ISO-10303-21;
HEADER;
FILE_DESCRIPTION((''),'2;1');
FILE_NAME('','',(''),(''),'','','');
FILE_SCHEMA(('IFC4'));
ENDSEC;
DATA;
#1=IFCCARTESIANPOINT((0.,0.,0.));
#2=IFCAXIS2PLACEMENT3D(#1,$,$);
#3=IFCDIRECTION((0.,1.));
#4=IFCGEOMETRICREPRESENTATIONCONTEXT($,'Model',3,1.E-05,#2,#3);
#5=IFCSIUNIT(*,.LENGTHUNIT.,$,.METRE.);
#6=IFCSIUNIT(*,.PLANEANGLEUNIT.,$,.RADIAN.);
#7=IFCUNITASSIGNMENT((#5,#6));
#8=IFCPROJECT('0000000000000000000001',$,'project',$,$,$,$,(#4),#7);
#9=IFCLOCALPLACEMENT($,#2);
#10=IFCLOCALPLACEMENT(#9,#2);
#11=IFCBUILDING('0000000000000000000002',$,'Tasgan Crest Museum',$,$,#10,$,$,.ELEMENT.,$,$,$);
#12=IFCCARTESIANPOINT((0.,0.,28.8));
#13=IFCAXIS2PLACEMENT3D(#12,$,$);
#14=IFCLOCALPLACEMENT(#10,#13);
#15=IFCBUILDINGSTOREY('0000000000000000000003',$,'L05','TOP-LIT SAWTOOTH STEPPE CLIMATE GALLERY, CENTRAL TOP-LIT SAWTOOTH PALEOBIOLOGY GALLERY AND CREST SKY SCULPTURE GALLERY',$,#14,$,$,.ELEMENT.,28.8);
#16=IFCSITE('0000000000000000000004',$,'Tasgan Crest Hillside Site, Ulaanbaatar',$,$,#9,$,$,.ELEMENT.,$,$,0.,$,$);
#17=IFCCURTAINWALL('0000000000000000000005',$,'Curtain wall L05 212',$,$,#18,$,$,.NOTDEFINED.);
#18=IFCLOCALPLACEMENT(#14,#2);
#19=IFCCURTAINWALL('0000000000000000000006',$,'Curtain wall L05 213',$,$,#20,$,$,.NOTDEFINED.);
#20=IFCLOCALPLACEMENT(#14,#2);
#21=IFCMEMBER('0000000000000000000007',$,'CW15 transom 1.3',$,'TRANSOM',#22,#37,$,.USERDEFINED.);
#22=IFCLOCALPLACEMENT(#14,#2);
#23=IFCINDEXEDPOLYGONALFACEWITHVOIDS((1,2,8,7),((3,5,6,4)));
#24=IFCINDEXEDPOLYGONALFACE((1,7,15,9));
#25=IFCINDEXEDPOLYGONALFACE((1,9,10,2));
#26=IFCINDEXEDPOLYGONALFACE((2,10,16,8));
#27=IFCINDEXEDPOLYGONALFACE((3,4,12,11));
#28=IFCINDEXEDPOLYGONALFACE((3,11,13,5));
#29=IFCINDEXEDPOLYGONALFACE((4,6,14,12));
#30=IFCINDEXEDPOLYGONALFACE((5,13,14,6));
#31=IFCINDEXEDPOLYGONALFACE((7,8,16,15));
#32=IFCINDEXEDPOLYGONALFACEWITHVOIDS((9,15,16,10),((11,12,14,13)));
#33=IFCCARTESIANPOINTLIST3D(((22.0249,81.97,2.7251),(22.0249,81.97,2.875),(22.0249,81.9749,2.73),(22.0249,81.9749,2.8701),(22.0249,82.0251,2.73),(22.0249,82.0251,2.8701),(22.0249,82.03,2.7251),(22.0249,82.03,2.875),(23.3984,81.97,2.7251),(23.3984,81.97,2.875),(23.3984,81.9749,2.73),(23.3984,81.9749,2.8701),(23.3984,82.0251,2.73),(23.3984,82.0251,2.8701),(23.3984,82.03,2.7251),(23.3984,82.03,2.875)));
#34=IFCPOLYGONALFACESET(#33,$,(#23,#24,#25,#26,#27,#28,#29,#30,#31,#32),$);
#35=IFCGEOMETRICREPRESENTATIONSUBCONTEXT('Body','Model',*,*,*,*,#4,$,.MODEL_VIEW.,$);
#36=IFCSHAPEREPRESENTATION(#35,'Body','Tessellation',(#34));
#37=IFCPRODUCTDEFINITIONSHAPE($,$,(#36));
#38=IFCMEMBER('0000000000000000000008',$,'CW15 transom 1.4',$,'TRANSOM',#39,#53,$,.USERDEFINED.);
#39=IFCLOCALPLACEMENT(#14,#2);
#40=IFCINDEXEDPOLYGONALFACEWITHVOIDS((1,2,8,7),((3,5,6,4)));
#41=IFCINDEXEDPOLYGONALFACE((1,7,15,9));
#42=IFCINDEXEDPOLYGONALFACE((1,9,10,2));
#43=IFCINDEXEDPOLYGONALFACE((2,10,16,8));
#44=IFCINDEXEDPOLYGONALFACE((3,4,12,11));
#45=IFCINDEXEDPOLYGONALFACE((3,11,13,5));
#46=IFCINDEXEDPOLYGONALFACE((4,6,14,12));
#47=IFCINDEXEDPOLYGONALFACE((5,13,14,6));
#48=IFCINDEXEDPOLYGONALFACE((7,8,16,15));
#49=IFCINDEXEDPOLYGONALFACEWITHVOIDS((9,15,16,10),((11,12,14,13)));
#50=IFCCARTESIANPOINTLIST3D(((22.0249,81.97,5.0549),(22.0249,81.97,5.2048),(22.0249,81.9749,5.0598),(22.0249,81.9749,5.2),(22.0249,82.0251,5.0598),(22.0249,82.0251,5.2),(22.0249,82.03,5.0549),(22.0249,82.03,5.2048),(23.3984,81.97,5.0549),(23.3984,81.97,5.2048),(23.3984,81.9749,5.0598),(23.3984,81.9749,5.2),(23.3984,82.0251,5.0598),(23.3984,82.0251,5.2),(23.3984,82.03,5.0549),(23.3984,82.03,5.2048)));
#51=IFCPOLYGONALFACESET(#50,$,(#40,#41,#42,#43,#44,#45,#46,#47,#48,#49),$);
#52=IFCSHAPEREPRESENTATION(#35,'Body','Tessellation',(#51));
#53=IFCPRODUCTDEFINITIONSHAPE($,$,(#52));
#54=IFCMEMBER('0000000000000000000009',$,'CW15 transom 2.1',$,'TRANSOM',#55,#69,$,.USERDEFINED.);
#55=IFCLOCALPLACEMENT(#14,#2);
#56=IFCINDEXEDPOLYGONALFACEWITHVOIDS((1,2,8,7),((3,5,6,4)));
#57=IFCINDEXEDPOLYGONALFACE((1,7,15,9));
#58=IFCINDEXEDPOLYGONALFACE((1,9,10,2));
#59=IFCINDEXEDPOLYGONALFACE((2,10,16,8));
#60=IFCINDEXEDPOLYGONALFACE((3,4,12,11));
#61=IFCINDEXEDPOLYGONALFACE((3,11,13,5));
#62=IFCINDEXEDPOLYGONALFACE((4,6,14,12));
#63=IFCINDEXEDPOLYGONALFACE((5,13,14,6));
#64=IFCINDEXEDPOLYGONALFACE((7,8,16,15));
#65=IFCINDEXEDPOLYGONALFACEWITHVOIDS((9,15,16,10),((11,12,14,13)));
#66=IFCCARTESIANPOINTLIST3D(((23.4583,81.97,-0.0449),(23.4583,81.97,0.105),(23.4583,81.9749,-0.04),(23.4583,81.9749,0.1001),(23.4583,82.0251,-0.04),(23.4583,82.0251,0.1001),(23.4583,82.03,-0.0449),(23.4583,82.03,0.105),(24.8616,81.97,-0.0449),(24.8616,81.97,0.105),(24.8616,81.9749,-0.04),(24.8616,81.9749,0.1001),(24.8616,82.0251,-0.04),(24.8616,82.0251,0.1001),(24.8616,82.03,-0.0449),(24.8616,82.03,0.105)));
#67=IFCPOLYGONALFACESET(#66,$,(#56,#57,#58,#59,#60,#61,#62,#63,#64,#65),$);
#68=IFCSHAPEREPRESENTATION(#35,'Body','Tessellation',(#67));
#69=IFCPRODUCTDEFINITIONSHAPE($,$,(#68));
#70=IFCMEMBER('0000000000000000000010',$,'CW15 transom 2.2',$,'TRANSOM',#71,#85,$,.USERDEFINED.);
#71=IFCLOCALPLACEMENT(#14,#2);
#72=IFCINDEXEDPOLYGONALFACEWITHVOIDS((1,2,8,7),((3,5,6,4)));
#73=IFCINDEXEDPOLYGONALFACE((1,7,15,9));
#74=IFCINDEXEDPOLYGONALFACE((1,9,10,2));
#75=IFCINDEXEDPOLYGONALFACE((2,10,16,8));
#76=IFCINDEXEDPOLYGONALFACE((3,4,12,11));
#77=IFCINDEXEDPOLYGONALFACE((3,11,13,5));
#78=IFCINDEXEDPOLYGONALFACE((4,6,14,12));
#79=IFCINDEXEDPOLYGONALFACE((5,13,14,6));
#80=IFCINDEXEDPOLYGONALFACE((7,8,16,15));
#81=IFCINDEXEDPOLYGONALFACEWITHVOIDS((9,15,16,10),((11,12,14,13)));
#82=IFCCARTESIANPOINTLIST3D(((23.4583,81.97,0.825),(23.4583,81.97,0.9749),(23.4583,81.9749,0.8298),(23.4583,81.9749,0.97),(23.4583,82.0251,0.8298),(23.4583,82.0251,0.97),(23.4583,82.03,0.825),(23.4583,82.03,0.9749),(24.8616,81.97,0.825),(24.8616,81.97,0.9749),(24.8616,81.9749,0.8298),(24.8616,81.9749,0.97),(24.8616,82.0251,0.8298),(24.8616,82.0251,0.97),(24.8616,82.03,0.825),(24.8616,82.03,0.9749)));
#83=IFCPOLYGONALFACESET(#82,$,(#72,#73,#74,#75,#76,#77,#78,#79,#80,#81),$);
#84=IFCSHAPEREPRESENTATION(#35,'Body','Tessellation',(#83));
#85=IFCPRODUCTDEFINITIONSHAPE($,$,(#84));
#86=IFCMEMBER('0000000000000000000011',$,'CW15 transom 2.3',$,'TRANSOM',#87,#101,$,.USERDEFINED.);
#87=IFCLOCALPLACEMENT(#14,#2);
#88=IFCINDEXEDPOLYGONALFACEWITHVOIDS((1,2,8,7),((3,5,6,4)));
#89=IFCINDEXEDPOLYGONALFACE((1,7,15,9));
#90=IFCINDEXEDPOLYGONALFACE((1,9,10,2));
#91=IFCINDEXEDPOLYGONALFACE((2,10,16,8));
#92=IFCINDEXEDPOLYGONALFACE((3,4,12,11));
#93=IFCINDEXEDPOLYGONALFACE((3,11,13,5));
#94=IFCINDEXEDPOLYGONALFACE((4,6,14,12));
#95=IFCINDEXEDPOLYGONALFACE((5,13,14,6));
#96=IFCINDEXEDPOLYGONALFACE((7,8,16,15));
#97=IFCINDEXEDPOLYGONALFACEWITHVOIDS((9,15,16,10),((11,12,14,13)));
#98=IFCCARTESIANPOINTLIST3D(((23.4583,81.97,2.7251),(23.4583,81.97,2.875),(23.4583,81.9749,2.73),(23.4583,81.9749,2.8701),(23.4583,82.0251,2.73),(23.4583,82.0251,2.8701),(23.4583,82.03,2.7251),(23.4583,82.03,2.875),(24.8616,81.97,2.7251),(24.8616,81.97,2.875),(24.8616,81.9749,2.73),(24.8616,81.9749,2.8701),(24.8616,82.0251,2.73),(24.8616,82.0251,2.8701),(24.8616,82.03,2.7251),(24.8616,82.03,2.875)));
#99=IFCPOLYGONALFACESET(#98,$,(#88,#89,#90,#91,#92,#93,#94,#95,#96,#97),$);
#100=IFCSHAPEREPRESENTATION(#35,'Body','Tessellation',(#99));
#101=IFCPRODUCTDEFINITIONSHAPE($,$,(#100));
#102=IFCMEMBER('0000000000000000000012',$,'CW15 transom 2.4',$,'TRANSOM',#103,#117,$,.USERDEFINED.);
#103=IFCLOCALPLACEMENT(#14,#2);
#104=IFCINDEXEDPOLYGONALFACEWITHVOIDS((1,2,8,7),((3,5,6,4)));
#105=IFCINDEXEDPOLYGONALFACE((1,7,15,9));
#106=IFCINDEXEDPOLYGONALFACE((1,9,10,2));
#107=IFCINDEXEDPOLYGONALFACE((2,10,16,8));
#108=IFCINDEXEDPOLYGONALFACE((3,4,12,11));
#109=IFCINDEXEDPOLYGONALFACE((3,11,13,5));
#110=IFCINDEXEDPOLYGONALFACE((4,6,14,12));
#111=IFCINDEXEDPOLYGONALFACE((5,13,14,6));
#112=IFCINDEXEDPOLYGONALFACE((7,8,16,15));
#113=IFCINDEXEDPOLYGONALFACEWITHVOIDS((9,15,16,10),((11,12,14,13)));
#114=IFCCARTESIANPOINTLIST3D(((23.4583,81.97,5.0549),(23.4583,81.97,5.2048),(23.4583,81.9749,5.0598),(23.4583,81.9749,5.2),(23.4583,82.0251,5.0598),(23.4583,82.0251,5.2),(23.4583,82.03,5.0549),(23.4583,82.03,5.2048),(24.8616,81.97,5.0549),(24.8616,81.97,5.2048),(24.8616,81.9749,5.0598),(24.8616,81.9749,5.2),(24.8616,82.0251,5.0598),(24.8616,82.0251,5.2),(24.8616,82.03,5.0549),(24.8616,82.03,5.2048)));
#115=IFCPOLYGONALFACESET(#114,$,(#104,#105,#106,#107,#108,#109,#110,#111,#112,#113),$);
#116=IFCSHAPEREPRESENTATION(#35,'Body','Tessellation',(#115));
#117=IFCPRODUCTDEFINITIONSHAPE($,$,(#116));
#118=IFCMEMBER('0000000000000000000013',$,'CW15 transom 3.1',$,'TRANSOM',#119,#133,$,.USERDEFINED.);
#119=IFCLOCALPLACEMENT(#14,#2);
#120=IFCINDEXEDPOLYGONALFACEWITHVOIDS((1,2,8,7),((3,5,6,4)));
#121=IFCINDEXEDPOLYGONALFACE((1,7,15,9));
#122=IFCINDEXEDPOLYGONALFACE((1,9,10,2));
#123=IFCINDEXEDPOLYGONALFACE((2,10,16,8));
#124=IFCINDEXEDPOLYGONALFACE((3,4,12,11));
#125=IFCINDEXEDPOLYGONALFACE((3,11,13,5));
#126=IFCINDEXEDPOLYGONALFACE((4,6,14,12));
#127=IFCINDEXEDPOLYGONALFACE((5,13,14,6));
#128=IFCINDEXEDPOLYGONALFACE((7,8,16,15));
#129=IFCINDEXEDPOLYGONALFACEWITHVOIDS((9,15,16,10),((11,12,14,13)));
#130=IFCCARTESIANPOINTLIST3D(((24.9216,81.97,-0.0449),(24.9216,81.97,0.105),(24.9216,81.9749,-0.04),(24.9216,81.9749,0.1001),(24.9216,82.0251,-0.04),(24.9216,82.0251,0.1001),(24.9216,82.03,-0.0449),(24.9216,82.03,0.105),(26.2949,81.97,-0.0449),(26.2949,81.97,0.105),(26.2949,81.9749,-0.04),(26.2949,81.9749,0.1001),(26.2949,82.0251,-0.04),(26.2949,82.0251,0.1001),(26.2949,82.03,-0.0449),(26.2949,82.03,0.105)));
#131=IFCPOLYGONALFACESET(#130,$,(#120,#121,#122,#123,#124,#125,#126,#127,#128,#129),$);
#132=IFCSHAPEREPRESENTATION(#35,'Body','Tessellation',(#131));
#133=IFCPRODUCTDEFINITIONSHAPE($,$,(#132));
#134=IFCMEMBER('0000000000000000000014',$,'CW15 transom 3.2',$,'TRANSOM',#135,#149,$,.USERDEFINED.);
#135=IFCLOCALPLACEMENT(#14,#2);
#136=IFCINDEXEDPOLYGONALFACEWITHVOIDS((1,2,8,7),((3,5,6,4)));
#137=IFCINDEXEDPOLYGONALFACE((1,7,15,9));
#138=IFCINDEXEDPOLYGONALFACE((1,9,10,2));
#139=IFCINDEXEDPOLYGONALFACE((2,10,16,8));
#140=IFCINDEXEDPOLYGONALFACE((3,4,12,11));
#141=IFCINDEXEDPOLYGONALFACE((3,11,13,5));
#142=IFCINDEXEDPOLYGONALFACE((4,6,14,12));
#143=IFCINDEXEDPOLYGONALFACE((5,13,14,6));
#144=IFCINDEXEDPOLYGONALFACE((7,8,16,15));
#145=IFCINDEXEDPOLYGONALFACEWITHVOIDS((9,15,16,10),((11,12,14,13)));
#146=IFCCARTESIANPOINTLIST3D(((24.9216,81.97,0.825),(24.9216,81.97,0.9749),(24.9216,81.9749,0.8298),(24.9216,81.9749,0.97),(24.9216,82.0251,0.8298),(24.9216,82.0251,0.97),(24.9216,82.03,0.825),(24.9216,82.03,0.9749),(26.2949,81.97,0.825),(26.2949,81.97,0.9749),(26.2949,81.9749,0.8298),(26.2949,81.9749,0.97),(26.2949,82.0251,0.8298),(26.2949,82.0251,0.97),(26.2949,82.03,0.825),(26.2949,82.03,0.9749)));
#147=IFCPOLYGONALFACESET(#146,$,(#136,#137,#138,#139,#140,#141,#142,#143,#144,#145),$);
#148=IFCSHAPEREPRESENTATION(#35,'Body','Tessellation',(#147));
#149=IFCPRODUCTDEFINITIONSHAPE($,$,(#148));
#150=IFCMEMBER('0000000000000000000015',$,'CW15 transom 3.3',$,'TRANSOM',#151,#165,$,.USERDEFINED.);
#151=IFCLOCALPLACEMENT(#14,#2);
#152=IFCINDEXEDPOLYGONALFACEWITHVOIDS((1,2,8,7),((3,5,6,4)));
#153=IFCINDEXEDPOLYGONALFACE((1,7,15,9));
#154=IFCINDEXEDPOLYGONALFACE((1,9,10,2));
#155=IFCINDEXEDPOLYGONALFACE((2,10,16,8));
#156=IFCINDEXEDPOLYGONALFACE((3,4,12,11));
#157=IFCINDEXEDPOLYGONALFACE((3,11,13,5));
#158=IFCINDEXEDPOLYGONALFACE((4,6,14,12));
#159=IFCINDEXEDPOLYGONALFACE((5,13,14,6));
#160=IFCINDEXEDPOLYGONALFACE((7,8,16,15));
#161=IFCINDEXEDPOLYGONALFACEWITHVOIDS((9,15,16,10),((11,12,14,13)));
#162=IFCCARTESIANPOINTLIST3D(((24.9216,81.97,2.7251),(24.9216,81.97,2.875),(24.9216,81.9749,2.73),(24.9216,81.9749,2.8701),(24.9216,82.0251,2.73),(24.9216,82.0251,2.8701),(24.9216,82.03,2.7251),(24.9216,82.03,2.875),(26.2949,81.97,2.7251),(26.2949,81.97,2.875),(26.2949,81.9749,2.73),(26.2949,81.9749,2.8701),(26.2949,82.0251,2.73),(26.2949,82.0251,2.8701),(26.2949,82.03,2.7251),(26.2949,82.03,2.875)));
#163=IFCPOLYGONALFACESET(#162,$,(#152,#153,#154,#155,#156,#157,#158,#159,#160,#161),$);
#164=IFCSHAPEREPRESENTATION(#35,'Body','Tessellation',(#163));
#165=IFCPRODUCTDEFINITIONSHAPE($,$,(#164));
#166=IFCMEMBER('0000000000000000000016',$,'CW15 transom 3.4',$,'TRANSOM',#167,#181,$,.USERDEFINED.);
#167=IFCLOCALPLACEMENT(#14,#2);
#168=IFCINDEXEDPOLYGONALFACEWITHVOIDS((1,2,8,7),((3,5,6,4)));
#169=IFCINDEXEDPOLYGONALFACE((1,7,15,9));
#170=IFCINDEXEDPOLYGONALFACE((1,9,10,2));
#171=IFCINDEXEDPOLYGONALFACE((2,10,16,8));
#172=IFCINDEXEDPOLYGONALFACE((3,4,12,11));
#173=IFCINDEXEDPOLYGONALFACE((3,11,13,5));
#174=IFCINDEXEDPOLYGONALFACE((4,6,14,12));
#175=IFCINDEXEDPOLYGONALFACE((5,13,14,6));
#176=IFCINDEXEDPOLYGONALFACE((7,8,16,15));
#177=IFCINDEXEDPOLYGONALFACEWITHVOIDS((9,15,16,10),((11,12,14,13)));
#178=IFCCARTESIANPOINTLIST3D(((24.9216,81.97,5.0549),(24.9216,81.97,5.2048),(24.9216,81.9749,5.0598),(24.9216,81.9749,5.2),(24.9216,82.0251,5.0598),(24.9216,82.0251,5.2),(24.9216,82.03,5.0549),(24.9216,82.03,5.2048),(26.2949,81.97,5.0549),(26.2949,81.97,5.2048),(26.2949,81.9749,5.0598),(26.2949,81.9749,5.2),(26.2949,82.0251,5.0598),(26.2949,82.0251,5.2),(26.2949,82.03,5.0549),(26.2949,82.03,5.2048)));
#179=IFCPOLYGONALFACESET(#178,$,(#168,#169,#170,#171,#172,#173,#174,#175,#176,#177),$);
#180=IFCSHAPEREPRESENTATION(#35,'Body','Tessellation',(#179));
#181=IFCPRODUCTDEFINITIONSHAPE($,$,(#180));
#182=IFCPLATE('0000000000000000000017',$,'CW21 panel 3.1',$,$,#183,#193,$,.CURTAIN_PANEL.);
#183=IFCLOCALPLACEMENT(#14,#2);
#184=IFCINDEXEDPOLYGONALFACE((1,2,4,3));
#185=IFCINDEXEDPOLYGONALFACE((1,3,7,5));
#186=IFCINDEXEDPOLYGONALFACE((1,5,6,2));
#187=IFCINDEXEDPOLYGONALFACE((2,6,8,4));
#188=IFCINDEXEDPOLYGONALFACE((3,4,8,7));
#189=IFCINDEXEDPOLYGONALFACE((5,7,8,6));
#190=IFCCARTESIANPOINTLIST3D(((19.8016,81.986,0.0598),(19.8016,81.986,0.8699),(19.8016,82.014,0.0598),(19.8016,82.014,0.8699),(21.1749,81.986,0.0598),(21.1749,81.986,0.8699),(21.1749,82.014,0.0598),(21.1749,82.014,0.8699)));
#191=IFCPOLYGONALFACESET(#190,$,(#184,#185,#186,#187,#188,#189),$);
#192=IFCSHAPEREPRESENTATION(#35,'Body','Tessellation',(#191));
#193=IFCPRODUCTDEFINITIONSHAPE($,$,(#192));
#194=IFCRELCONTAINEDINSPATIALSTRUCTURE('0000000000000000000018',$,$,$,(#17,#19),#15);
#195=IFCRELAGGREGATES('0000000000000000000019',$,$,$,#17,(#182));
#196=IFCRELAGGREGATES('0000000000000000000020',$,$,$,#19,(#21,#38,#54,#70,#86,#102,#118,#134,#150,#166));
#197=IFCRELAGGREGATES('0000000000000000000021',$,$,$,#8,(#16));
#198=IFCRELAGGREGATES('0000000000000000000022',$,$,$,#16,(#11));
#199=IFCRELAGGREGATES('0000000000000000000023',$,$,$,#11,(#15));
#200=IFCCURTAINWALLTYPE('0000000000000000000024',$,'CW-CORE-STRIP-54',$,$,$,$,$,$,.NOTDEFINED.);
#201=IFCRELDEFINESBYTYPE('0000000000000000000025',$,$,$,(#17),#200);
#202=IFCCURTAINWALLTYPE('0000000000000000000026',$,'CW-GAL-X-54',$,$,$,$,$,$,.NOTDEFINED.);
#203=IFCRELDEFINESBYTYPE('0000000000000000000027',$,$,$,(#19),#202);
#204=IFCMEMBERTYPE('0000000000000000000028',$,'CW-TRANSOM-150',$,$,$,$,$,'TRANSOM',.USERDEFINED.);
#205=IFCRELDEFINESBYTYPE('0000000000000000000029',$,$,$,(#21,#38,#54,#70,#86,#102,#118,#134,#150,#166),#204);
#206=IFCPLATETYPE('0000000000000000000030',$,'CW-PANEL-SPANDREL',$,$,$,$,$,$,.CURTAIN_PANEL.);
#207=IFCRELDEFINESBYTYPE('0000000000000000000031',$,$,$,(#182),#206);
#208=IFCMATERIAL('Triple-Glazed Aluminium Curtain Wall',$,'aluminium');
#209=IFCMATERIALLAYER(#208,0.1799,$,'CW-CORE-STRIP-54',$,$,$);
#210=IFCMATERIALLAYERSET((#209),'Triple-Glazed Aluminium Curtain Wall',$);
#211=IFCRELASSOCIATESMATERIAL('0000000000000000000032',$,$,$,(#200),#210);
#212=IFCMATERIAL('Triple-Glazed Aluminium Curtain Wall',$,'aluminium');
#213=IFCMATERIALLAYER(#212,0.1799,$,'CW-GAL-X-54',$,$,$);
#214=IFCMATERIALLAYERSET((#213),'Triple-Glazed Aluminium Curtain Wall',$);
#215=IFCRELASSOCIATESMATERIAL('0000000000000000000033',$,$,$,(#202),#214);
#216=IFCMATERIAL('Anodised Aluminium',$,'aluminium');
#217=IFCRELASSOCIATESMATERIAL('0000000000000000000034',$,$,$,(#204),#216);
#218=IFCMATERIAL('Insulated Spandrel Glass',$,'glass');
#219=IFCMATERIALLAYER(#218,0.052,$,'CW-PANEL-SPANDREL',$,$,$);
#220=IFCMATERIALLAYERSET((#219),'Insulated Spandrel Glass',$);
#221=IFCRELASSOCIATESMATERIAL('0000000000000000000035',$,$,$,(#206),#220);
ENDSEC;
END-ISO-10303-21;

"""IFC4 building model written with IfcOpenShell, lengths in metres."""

from ifc_helpers import new_model, si_unit, direction, frame, origin, origin_2d, place, context, subcontext, project, spatial, rectangle, hollow_rectangle, extrude, material, layer, layer_set, material_profile, profile_set, type_object, element, aggregate, save


model = new_model("IFC4")

# Units and contexts
model_context = context("Model", 3, precision=1e-05, world=origin(), true_north=direction((0.0, 1.0)))
body_context = subcontext(model_context, "Body", "Model", "MODEL_VIEW")
ifc_project = project(units=[si_unit("LENGTHUNIT", "METRE"), si_unit("PLANEANGLEUNIT", "RADIAN")], contexts=[model_context])

# Site, building, storey
site_placement = place(None, origin())
site = spatial("IfcSite", under=ifc_project, at=site_placement, Name="Tasgan Crest Hillside Site, Ulaanbaatar", CompositionType="ELEMENT", RefElevation=0.0)
building_placement = place(site_placement, origin())
building = spatial("IfcBuilding", under=site, at=building_placement, Name="Tasgan Crest Museum", CompositionType="ELEMENT")
storey_placement = place(building_placement, frame((0.0, 0.0, 28.8)))
storey = spatial("IfcBuildingStorey", under=building, at=storey_placement, Name="L05", Description="TOP-LIT SAWTOOTH STEPPE CLIMATE GALLERY, CENTRAL TOP-LIT SAWTOOTH PALEOBIOLOGY GALLERY AND CREST SKY SCULPTURE GALLERY", CompositionType="ELEMENT", Elevation=28.8)

# Curtain wall
ifc_material_1 = material(Name="Triple-Glazed Aluminium Curtain Wall", Category="aluminium")
ifc_layer_1 = layer(ifc_material_1, 0.1799, Name="CW-CORE-STRIP-54")
ifc_layer_set_1 = layer_set([ifc_layer_1], Name="Triple-Glazed Aluminium Curtain Wall")
curtain_wall_type_1 = type_object("IfcCurtainWallType", Name="CW-CORE-STRIP-54", PredefinedType="NOTDEFINED", material=ifc_layer_set_1)
curtain_wall_1_placement = place(storey_placement, origin())
curtain_wall_1 = element("IfcCurtainWall", 1, at=curtain_wall_1_placement, inside=storey, type_object=curtain_wall_type_1, Name="Curtain wall L05 212", PredefinedType="NOTDEFINED")

# Curtain wall
ifc_material_2 = material(Name="Triple-Glazed Aluminium Curtain Wall", Category="aluminium")
ifc_layer_2 = layer(ifc_material_2, 0.1799, Name="CW-GAL-X-54")
ifc_layer_set_2 = layer_set([ifc_layer_2], Name="Triple-Glazed Aluminium Curtain Wall")
curtain_wall_type_2 = type_object("IfcCurtainWallType", Name="CW-GAL-X-54", PredefinedType="NOTDEFINED", material=ifc_layer_set_2)
curtain_wall_2_placement = place(storey_placement, origin())
curtain_wall_2 = element("IfcCurtainWall", 2, at=curtain_wall_2_placement, inside=storey, type_object=curtain_wall_type_2, Name="Curtain wall L05 213", PredefinedType="NOTDEFINED")

# Members
ifc_material_3 = material(Name="Anodised Aluminium", Category="aluminium")
ifc_material_profile_1 = material_profile(ifc_material_3, hollow_rectangle(XDim=0.0601, YDim=0.1499, WallThickness=0.0049, at=origin_2d()), Name="ALU TRANSOM 150x60x5")
ifc_profile_set_1 = profile_set([ifc_material_profile_1], Name="Anodised Aluminium")
member_type_1 = type_object("IfcMemberType", Name="CW-TRANSOM-150", ElementType="TRANSOM", PredefinedType="USERDEFINED", material=ifc_profile_set_1)
member_1_placement = place(storey_placement, frame((22.0249, 82.0, 2.8), z_axis=(1.0, 0.0, 0.0), x_axis=(0.0, 1.0, 0.0)))
member_1 = element("IfcMember", 3, at=member_1_placement, type_object=member_type_1, Name="CW15 transom 1.3", ObjectType="TRANSOM", PredefinedType="USERDEFINED", context=body_context, shape_type="SweptSolid", body=[
    extrude(hollow_rectangle(XDim=0.0601, YDim=0.1499, WallThickness=0.0049, at=origin_2d()), origin(), (0.0, 0.0, 1.0), 1.3735),
])
member_2_placement = place(storey_placement, frame((22.0249, 82.0, 5.1299), z_axis=(1.0, 0.0, 0.0), x_axis=(0.0, 1.0, 0.0)))
member_2 = element("IfcMember", 4, at=member_2_placement, type_object=member_type_1, Name="CW15 transom 1.4", ObjectType="TRANSOM", PredefinedType="USERDEFINED", context=body_context, shape_type="SweptSolid", body=[
    extrude(hollow_rectangle(XDim=0.0601, YDim=0.1499, WallThickness=0.0049, at=origin_2d()), origin(), (0.0, 0.0, 1.0), 1.3735),
])
member_3_placement = place(storey_placement, frame((23.4583, 82.0, 0.03), z_axis=(1.0, 0.0, 0.0), x_axis=(0.0, 1.0, 0.0)))
member_3 = element("IfcMember", 5, at=member_3_placement, type_object=member_type_1, Name="CW15 transom 2.1", ObjectType="TRANSOM", PredefinedType="USERDEFINED", context=body_context, shape_type="SweptSolid", body=[
    extrude(hollow_rectangle(XDim=0.0601, YDim=0.1499, WallThickness=0.0049, at=origin_2d()), origin(), (0.0, 0.0, 1.0), 1.4033),
])
member_4_placement = place(storey_placement, frame((23.4583, 82.0, 0.8999), z_axis=(1.0, 0.0, 0.0), x_axis=(0.0, 1.0, 0.0)))
member_4 = element("IfcMember", 6, at=member_4_placement, type_object=member_type_1, Name="CW15 transom 2.2", ObjectType="TRANSOM", PredefinedType="USERDEFINED", context=body_context, shape_type="SweptSolid", body=[
    extrude(hollow_rectangle(XDim=0.0601, YDim=0.1499, WallThickness=0.0049, at=origin_2d()), origin(), (0.0, 0.0, 1.0), 1.4033),
])
member_5_placement = place(storey_placement, frame((23.4583, 82.0, 2.8), z_axis=(1.0, 0.0, 0.0), x_axis=(0.0, 1.0, 0.0)))
member_5 = element("IfcMember", 7, at=member_5_placement, type_object=member_type_1, Name="CW15 transom 2.3", ObjectType="TRANSOM", PredefinedType="USERDEFINED", context=body_context, shape_type="SweptSolid", body=[
    extrude(hollow_rectangle(XDim=0.0601, YDim=0.1499, WallThickness=0.0049, at=origin_2d()), origin(), (0.0, 0.0, 1.0), 1.4033),
])
member_6_placement = place(storey_placement, frame((23.4583, 82.0, 5.1299), z_axis=(1.0, 0.0, 0.0), x_axis=(0.0, 1.0, 0.0)))
member_6 = element("IfcMember", 8, at=member_6_placement, type_object=member_type_1, Name="CW15 transom 2.4", ObjectType="TRANSOM", PredefinedType="USERDEFINED", context=body_context, shape_type="SweptSolid", body=[
    extrude(hollow_rectangle(XDim=0.0601, YDim=0.1499, WallThickness=0.0049, at=origin_2d()), origin(), (0.0, 0.0, 1.0), 1.4033),
])
member_7_placement = place(storey_placement, frame((24.9216, 82.0, 0.03), z_axis=(1.0, 0.0, 0.0), x_axis=(0.0, 1.0, 0.0)))
member_7 = element("IfcMember", 9, at=member_7_placement, type_object=member_type_1, Name="CW15 transom 3.1", ObjectType="TRANSOM", PredefinedType="USERDEFINED", context=body_context, shape_type="SweptSolid", body=[
    extrude(hollow_rectangle(XDim=0.0601, YDim=0.1499, WallThickness=0.0049, at=origin_2d()), origin(), (0.0, 0.0, 1.0), 1.3733),
])
member_8_placement = place(storey_placement, frame((24.9216, 82.0, 0.8999), z_axis=(1.0, 0.0, 0.0), x_axis=(0.0, 1.0, 0.0)))
member_8 = element("IfcMember", 10, at=member_8_placement, type_object=member_type_1, Name="CW15 transom 3.2", ObjectType="TRANSOM", PredefinedType="USERDEFINED", context=body_context, shape_type="SweptSolid", body=[
    extrude(hollow_rectangle(XDim=0.0601, YDim=0.1499, WallThickness=0.0049, at=origin_2d()), origin(), (0.0, 0.0, 1.0), 1.3733),
])
member_9_placement = place(storey_placement, frame((24.9216, 82.0, 2.8), z_axis=(1.0, 0.0, 0.0), x_axis=(0.0, 1.0, 0.0)))
member_9 = element("IfcMember", 11, at=member_9_placement, type_object=member_type_1, Name="CW15 transom 3.3", ObjectType="TRANSOM", PredefinedType="USERDEFINED", context=body_context, shape_type="SweptSolid", body=[
    extrude(hollow_rectangle(XDim=0.0601, YDim=0.1499, WallThickness=0.0049, at=origin_2d()), origin(), (0.0, 0.0, 1.0), 1.3733),
])
member_10_placement = place(storey_placement, frame((24.9216, 82.0, 5.1299), z_axis=(1.0, 0.0, 0.0), x_axis=(0.0, 1.0, 0.0)))
member_10 = element("IfcMember", 12, at=member_10_placement, type_object=member_type_1, Name="CW15 transom 3.4", ObjectType="TRANSOM", PredefinedType="USERDEFINED", context=body_context, shape_type="SweptSolid", body=[
    extrude(hollow_rectangle(XDim=0.0601, YDim=0.1499, WallThickness=0.0049, at=origin_2d()), origin(), (0.0, 0.0, 1.0), 1.3733),
])

# Plate
ifc_material_4 = material(Name="Insulated Spandrel Glass", Category="glass")
ifc_layer_3 = layer(ifc_material_4, 0.052, Name="CW-PANEL-SPANDREL")
ifc_layer_set_3 = layer_set([ifc_layer_3], Name="Insulated Spandrel Glass")
plate_type_1 = type_object("IfcPlateType", Name="CW-PANEL-SPANDREL", PredefinedType="CURTAIN_PANEL", material=ifc_layer_set_3)
plate_1_placement = place(storey_placement, frame((20.4883, 82.0, 0.0598), z_axis=(0.0, 0.0, 1.0), x_axis=(1.0, 0.0, 0.0)))
plate_1 = element("IfcPlate", 13, at=plate_1_placement, type_object=plate_type_1, Name="CW21 panel 3.1", PredefinedType="CURTAIN_PANEL", context=body_context, shape_type="SweptSolid", body=[
    extrude(rectangle(XDim=1.3733, YDim=0.0281, at=origin_2d()), origin(), (0.0, 0.0, 1.0), 0.8101),
])
aggregate(curtain_wall_1, [plate_1])
aggregate(curtain_wall_2, [member_1, member_2, member_3, member_4, member_5, member_6, member_7, member_8, member_9, member_10])

save(model, "model.ifc")
